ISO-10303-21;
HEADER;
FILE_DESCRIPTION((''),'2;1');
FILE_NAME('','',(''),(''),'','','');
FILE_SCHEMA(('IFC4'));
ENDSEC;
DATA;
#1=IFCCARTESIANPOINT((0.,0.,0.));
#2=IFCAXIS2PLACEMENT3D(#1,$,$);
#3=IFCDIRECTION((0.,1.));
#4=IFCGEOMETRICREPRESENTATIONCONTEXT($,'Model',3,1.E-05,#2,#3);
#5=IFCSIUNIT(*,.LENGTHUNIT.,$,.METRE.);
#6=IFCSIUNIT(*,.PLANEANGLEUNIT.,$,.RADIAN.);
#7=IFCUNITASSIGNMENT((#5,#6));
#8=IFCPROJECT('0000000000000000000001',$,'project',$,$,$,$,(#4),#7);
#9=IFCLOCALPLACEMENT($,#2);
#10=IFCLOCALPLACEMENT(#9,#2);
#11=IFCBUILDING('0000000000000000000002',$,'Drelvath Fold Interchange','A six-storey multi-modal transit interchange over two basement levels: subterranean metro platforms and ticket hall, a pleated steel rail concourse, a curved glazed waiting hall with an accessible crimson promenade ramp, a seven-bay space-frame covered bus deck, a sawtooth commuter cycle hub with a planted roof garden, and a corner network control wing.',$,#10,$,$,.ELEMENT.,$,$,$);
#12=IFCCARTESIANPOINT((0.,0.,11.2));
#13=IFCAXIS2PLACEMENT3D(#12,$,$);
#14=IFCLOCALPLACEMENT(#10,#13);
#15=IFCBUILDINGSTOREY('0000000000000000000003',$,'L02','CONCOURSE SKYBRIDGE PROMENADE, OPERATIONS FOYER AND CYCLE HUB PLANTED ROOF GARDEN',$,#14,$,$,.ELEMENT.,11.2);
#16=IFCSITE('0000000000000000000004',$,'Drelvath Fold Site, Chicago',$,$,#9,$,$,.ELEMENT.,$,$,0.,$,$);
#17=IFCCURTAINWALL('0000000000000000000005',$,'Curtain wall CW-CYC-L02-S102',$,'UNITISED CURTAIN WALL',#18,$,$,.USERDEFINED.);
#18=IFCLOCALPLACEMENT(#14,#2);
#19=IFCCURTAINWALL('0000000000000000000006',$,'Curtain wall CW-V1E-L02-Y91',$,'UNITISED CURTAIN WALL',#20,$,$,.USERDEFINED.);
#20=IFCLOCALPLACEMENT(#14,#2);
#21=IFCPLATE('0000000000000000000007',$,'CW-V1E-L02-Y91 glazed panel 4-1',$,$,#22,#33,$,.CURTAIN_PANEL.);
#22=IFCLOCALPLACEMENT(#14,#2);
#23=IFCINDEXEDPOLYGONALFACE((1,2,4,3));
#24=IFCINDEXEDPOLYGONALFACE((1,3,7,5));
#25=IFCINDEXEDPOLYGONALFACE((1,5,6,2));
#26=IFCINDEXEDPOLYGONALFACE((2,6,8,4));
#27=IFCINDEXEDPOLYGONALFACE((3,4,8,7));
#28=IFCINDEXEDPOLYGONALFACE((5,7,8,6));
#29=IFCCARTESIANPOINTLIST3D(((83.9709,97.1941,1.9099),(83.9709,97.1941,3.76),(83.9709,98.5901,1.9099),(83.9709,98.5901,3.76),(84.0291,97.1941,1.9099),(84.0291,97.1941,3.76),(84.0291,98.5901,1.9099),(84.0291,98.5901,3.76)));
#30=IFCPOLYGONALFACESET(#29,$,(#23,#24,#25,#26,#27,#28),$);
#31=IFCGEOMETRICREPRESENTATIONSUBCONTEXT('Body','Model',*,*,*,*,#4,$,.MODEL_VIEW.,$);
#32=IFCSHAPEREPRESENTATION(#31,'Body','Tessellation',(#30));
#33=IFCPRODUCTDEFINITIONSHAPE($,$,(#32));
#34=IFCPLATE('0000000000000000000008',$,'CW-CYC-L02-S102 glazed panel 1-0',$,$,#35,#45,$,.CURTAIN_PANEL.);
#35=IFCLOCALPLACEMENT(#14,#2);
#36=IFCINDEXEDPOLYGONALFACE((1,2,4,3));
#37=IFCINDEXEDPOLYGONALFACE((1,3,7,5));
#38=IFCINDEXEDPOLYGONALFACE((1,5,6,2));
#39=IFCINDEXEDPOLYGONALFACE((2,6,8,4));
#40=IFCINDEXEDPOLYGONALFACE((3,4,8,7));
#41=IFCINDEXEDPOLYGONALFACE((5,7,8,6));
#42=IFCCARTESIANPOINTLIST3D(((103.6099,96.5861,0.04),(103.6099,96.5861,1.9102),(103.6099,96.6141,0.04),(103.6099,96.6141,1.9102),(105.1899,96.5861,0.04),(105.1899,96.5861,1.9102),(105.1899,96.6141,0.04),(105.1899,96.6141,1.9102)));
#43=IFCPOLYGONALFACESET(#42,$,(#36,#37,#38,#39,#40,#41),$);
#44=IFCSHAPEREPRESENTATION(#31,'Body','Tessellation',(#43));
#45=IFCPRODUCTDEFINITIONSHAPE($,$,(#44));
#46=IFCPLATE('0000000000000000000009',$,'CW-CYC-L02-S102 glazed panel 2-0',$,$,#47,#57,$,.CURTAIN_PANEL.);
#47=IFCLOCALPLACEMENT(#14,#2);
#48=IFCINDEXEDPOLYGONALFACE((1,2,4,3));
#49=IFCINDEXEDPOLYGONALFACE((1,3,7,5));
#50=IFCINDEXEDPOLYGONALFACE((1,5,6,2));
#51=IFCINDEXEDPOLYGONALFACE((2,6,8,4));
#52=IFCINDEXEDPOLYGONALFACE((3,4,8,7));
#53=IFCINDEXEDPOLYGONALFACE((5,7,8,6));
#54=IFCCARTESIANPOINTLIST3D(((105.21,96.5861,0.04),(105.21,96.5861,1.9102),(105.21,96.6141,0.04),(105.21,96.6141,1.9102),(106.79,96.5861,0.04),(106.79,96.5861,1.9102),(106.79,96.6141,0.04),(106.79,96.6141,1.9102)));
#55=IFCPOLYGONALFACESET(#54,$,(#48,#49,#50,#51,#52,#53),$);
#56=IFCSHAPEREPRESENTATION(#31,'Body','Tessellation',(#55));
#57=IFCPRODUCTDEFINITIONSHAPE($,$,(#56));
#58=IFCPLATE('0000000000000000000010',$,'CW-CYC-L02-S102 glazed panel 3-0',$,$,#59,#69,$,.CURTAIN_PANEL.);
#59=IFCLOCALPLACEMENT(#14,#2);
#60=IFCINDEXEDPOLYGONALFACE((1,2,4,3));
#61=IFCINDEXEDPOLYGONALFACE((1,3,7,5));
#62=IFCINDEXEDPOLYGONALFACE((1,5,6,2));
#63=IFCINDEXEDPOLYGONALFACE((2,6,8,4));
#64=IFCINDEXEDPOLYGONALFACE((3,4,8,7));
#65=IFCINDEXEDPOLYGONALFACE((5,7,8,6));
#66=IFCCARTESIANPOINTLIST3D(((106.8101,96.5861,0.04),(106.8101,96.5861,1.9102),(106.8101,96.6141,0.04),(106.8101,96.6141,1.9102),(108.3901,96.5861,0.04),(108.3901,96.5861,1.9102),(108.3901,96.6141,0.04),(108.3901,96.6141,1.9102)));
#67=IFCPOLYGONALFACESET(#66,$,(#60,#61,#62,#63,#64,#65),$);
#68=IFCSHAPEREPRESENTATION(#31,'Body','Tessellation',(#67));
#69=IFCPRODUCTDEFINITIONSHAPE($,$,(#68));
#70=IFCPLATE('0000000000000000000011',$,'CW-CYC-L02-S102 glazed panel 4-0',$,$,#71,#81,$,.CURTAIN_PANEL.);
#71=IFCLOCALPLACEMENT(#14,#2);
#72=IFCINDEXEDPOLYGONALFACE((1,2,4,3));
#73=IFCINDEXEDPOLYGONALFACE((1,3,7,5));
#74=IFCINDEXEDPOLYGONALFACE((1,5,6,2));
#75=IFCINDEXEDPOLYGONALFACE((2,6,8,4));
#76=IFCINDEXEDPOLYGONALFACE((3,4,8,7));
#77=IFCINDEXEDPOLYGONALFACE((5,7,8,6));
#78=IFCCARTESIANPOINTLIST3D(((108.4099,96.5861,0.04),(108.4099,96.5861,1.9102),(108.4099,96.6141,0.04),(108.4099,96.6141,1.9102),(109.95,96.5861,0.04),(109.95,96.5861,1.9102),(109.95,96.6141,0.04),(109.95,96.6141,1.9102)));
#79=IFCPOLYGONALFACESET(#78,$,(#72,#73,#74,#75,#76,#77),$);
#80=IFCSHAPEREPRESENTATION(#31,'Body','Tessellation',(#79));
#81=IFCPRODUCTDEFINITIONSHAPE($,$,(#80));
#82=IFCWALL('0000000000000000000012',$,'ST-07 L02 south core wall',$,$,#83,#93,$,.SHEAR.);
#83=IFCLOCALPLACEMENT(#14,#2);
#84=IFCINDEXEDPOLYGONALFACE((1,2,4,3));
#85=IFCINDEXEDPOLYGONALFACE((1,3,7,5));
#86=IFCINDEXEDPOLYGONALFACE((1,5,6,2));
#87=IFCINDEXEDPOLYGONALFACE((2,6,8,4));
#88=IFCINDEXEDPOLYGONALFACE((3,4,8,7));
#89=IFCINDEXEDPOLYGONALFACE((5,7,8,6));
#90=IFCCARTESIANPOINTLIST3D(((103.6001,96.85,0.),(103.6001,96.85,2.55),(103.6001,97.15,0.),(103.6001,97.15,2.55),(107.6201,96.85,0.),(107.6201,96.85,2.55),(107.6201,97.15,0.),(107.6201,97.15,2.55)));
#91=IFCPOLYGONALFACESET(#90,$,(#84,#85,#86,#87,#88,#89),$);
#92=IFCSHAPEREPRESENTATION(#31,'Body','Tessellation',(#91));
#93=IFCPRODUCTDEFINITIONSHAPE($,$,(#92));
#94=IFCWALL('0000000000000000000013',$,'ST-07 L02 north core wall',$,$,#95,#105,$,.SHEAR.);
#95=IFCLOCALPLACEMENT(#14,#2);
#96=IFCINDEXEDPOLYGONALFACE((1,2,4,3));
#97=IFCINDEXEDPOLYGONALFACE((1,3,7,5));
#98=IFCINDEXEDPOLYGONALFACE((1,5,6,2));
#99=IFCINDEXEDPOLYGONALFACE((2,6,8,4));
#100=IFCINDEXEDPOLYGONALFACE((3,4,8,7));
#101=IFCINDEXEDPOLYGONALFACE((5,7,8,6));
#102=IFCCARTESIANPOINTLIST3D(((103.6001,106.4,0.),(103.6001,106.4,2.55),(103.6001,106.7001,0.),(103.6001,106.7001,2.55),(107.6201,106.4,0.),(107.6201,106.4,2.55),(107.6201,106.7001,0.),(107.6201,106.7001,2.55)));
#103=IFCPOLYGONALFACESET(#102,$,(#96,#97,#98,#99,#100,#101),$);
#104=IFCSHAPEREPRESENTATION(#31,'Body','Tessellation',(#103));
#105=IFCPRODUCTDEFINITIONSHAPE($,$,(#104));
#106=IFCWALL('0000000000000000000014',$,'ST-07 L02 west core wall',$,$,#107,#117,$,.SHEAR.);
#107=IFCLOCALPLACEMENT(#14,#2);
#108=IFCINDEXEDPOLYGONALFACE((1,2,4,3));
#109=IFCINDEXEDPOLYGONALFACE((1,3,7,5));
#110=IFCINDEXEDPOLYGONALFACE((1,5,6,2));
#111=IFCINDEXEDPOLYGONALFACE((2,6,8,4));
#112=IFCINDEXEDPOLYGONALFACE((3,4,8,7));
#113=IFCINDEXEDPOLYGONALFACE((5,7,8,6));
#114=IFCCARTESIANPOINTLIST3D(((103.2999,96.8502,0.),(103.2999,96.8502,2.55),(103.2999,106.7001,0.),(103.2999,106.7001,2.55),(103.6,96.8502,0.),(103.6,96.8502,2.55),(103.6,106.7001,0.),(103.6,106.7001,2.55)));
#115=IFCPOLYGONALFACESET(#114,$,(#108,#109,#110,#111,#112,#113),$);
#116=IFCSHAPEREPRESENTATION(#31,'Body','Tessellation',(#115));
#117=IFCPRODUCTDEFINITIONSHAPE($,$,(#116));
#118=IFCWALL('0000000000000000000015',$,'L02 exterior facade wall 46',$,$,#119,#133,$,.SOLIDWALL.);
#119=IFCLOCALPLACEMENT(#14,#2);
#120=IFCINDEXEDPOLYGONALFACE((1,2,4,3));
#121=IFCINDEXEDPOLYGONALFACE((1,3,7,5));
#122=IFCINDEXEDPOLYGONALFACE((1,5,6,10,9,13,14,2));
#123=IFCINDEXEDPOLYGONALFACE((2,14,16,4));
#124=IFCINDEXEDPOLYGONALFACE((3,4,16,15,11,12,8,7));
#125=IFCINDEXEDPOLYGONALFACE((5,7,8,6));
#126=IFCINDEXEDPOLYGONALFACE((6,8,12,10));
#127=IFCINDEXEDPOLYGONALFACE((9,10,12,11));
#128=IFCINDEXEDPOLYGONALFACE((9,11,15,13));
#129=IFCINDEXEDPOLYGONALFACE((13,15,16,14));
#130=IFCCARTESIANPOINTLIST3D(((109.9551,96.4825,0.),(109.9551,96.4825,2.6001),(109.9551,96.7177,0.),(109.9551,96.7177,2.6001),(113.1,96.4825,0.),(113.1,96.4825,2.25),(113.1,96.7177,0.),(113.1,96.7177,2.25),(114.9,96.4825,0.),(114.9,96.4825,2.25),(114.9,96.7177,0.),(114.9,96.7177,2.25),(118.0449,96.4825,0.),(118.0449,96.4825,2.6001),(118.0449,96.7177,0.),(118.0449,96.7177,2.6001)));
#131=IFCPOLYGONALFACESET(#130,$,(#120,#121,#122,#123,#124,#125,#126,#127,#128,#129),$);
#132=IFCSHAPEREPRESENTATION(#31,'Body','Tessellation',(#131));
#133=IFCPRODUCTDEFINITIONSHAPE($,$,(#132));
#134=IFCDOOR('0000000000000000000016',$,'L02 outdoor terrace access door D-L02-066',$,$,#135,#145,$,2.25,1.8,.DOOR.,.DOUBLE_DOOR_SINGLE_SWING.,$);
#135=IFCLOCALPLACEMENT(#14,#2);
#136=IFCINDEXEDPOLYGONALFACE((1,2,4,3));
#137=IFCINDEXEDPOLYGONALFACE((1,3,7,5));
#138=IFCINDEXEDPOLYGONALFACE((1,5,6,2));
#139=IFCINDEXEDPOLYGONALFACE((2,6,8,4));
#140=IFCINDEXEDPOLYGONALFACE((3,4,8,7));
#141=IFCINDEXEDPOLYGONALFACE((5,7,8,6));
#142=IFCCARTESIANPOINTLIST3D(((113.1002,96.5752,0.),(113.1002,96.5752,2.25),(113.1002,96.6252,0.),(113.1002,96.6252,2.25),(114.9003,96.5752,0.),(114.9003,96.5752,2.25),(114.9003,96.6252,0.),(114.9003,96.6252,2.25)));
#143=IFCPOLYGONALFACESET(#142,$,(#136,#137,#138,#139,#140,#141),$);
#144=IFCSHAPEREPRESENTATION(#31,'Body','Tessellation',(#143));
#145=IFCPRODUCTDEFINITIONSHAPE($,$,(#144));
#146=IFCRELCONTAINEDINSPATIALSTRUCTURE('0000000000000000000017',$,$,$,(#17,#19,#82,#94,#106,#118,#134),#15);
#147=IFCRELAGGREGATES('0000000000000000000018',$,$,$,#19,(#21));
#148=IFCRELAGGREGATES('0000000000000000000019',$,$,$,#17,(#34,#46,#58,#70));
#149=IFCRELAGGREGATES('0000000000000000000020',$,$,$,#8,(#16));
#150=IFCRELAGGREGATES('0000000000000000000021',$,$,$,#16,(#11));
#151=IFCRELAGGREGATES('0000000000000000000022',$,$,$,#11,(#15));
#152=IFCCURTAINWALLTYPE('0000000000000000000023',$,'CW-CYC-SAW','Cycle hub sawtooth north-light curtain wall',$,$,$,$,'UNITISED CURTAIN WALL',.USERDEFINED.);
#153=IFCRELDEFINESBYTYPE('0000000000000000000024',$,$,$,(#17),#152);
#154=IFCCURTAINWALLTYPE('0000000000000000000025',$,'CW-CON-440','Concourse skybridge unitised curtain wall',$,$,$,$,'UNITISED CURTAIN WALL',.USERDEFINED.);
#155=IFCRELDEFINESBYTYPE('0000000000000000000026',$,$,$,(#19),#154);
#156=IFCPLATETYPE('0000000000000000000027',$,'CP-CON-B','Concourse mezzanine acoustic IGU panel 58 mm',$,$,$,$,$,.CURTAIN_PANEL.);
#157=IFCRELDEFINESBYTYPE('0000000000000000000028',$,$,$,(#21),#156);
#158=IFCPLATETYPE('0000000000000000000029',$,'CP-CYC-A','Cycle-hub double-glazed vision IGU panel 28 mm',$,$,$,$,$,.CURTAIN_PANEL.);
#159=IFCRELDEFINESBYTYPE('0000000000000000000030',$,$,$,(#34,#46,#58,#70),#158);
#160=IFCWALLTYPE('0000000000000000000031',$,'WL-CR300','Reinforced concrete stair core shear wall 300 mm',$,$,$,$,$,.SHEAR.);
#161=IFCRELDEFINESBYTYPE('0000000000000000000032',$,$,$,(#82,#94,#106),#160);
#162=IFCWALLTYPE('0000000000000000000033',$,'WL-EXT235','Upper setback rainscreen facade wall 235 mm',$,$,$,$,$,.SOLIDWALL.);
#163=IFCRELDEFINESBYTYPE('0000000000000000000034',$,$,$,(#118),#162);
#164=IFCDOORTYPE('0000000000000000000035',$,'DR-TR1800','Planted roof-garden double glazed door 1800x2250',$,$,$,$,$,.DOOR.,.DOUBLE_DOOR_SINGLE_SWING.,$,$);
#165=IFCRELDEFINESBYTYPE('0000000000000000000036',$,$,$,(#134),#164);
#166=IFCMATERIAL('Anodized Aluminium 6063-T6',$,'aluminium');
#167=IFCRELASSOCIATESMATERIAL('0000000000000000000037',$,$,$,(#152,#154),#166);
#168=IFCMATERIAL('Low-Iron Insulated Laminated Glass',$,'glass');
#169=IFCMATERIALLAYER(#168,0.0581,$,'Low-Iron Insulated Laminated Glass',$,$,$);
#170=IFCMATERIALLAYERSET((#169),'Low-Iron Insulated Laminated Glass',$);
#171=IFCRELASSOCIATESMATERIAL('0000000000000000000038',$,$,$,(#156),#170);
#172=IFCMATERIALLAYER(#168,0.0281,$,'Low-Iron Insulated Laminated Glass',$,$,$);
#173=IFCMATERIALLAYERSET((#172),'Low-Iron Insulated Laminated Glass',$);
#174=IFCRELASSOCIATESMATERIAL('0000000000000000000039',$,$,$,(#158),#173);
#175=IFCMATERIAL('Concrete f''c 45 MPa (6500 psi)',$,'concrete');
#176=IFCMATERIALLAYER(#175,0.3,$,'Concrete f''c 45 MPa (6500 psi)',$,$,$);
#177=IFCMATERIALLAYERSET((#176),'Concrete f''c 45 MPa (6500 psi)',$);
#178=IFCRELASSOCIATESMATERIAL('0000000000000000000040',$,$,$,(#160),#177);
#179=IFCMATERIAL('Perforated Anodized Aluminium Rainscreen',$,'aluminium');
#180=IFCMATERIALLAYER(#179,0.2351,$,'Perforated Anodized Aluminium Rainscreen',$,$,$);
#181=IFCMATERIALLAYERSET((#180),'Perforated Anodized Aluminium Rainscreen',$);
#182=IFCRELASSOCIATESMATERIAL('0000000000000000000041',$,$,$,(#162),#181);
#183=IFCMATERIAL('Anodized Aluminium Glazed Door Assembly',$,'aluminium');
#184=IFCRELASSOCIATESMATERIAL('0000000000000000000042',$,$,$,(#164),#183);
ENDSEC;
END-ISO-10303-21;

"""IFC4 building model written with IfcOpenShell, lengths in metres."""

from ifc_helpers import new_model, si_unit, direction, frame, frame_2d, origin, origin_2d, place, context, subcontext, project, spatial, rectangle, extrude, material, layer, layer_set, type_object, element, fill, aggregate, save


model = new_model("IFC4")

# Units and contexts
model_context = context("Model", 3, precision=1e-05, world=origin(), true_north=direction((0.0, 1.0)))
body_context = subcontext(model_context, "Body", "Model", "MODEL_VIEW")
ifc_project = project(units=[si_unit("LENGTHUNIT", "METRE"), si_unit("PLANEANGLEUNIT", "RADIAN")], contexts=[model_context])

# Site, building, storey
site_placement = place(None, origin())
site = spatial("IfcSite", under=ifc_project, at=site_placement, Name="Drelvath Fold Site, Chicago", CompositionType="ELEMENT", RefElevation=0.0)
building_placement = place(site_placement, origin())
building = spatial("IfcBuilding", under=site, at=building_placement, Name="Drelvath Fold Interchange", Description="A six-storey multi-modal transit interchange over two basement levels: subterranean metro platforms and ticket hall, a pleated steel rail concourse, a curved glazed waiting hall with an accessible crimson promenade ramp, a seven-bay space-frame covered bus deck, a sawtooth commuter cycle hub with a planted roof garden, and a corner network control wing.", CompositionType="ELEMENT")
storey_placement = place(building_placement, frame((0.0, 0.0, 11.2)))
storey = spatial("IfcBuildingStorey", under=building, at=storey_placement, Name="L02", Description="CONCOURSE SKYBRIDGE PROMENADE, OPERATIONS FOYER AND CYCLE HUB PLANTED ROOF GARDEN", CompositionType="ELEMENT", Elevation=11.2)

# Curtain wall
ifc_material_1 = material(Name="Anodized Aluminium 6063-T6", Category="aluminium")
curtain_wall_type_1 = type_object("IfcCurtainWallType", Name="CW-CYC-SAW", Description="Cycle hub sawtooth north-light curtain wall", ElementType="UNITISED CURTAIN WALL", PredefinedType="USERDEFINED", material=ifc_material_1)
curtain_wall_1_placement = place(storey_placement, origin())
curtain_wall_1 = element("IfcCurtainWall", 1, at=curtain_wall_1_placement, inside=storey, type_object=curtain_wall_type_1, Name="Curtain wall CW-CYC-L02-S102", ObjectType="UNITISED CURTAIN WALL", PredefinedType="USERDEFINED")

# Curtain wall, plate
curtain_wall_type_2 = type_object("IfcCurtainWallType", Name="CW-CON-440", Description="Concourse skybridge unitised curtain wall", ElementType="UNITISED CURTAIN WALL", PredefinedType="USERDEFINED", material=ifc_material_1)
curtain_wall_2_placement = place(storey_placement, origin())
curtain_wall_2 = element("IfcCurtainWall", 2, at=curtain_wall_2_placement, inside=storey, type_object=curtain_wall_type_2, Name="Curtain wall CW-V1E-L02-Y91", ObjectType="UNITISED CURTAIN WALL", PredefinedType="USERDEFINED")
ifc_material_2 = material(Name="Low-Iron Insulated Laminated Glass", Category="glass")
ifc_layer_1 = layer(ifc_material_2, 0.0581, Name="Low-Iron Insulated Laminated Glass")
ifc_layer_set_1 = layer_set([ifc_layer_1], Name="Low-Iron Insulated Laminated Glass")
plate_type_1 = type_object("IfcPlateType", Name="CP-CON-B", Description="Concourse mezzanine acoustic IGU panel 58 mm", PredefinedType="CURTAIN_PANEL", material=ifc_layer_set_1)
plate_1_placement = place(storey_placement, frame((84.0, 97.8921, 1.9099), z_axis=(0.0, 0.0, 1.0), x_axis=(0.0, 1.0, 0.0)))
plate_1 = element("IfcPlate", 3, at=plate_1_placement, type_object=plate_type_1, Name="CW-V1E-L02-Y91 glazed panel 4-1", PredefinedType="CURTAIN_PANEL", context=body_context, shape_type="SweptSolid", body=[
    extrude(rectangle(XDim=1.396, YDim=0.0581, at=origin_2d()), origin(), (0.0, 0.0, 1.0), 1.8501),
])
aggregate(curtain_wall_2, [plate_1])

# Plates
ifc_layer_2 = layer(ifc_material_2, 0.0281, Name="Low-Iron Insulated Laminated Glass")
ifc_layer_set_2 = layer_set([ifc_layer_2], Name="Low-Iron Insulated Laminated Glass")
plate_type_2 = type_object("IfcPlateType", Name="CP-CYC-A", Description="Cycle-hub double-glazed vision IGU panel 28 mm", PredefinedType="CURTAIN_PANEL", material=ifc_layer_set_2)
plate_2_placement = place(storey_placement, frame((104.3999, 96.6001, 0.04), z_axis=(0.0, 0.0, 1.0), x_axis=(1.0, 0.0, 0.0)))
plate_2 = element("IfcPlate", 4, at=plate_2_placement, type_object=plate_type_2, Name="CW-CYC-L02-S102 glazed panel 1-0", PredefinedType="CURTAIN_PANEL", context=body_context, shape_type="SweptSolid", body=[
    extrude(rectangle(XDim=1.5801, YDim=0.0281, at=origin_2d()), origin(), (0.0, 0.0, 1.0), 1.8701),
])
plate_3_placement = place(storey_placement, frame((106.0, 96.6001, 0.04), z_axis=(0.0, 0.0, 1.0), x_axis=(1.0, 0.0, 0.0)))
plate_3 = element("IfcPlate", 5, at=plate_3_placement, type_object=plate_type_2, Name="CW-CYC-L02-S102 glazed panel 2-0", PredefinedType="CURTAIN_PANEL", context=body_context, shape_type="SweptSolid", body=[
    extrude(rectangle(XDim=1.5801, YDim=0.0281, at=origin_2d()), origin(), (0.0, 0.0, 1.0), 1.8701),
])
plate_4_placement = place(storey_placement, frame((107.6001, 96.6001, 0.04), z_axis=(0.0, 0.0, 1.0), x_axis=(1.0, 0.0, 0.0)))
plate_4 = element("IfcPlate", 6, at=plate_4_placement, type_object=plate_type_2, Name="CW-CYC-L02-S102 glazed panel 3-0", PredefinedType="CURTAIN_PANEL", context=body_context, shape_type="SweptSolid", body=[
    extrude(rectangle(XDim=1.5801, YDim=0.0281, at=origin_2d()), origin(), (0.0, 0.0, 1.0), 1.8701),
])
plate_5_placement = place(storey_placement, frame((109.1799, 96.6001, 0.04), z_axis=(0.0, 0.0, 1.0), x_axis=(1.0, 0.0, 0.0)))
plate_5 = element("IfcPlate", 7, at=plate_5_placement, type_object=plate_type_2, Name="CW-CYC-L02-S102 glazed panel 4-0", PredefinedType="CURTAIN_PANEL", context=body_context, shape_type="SweptSolid", body=[
    extrude(rectangle(XDim=1.54, YDim=0.0281, at=origin_2d()), origin(), (0.0, 0.0, 1.0), 1.8701),
])
aggregate(curtain_wall_1, [plate_2, plate_3, plate_4, plate_5])

# Wall
ifc_material_3 = material(Name="Concrete f'c 45 MPa (6500 psi)", Category="concrete")
ifc_layer_3 = layer(ifc_material_3, 0.3, Name="Concrete f'c 45 MPa (6500 psi)")
ifc_layer_set_3 = layer_set([ifc_layer_3], Name="Concrete f'c 45 MPa (6500 psi)")
wall_type_1 = type_object("IfcWallType", Name="WL-CR300", Description="Reinforced concrete stair core shear wall 300 mm", PredefinedType="SHEAR", material=ifc_layer_set_3)
wall_1_placement = place(storey_placement, frame((103.6001, 97.0, 0.0), z_axis=(0.0, 0.0, 1.0), x_axis=(1.0, 0.0, 0.0)))
element("IfcWall", 8, at=wall_1_placement, inside=storey, type_object=wall_type_1, Name="ST-07 L02 south core wall", PredefinedType="SHEAR", context=body_context, shape_type="SweptSolid", body=[
    extrude(rectangle(XDim=4.02, YDim=0.3, at=frame_2d((2.01, 0.0))), origin(), (0.0, 0.0, 1.0), 2.55),
])

# Walls
wall_2_placement = place(storey_placement, frame((107.6201, 106.55, 0.0), z_axis=(0.0, 0.0, 1.0), x_axis=(-1.0, 0.0, 0.0)))
element("IfcWall", 9, at=wall_2_placement, inside=storey, type_object=wall_type_1, Name="ST-07 L02 north core wall", PredefinedType="SHEAR", context=body_context, shape_type="SweptSolid", body=[
    extrude(rectangle(XDim=4.02, YDim=0.3, at=frame_2d((2.01, 0.0))), origin(), (0.0, 0.0, 1.0), 2.55),
])
wall_3_placement = place(storey_placement, frame((103.45, 106.7, 0.0), z_axis=(0.0, 0.0, 1.0), x_axis=(0.0, -1.0, 0.0)))
element("IfcWall", 10, at=wall_3_placement, inside=storey, type_object=wall_type_1, Name="ST-07 L02 west core wall", PredefinedType="SHEAR", context=body_context, shape_type="SweptSolid", body=[
    extrude(rectangle(XDim=9.8499, YDim=0.3, at=frame_2d((4.9248, 0.0))), origin(), (0.0, 0.0, 1.0), 2.55),
])

# Wall, opening, door
ifc_material_4 = material(Name="Perforated Anodized Aluminium Rainscreen", Category="aluminium")
ifc_layer_4 = layer(ifc_material_4, 0.2351, Name="Perforated Anodized Aluminium Rainscreen")
ifc_layer_set_4 = layer_set([ifc_layer_4], Name="Perforated Anodized Aluminium Rainscreen")
wall_type_2 = type_object("IfcWallType", Name="WL-EXT235", Description="Upper setback rainscreen facade wall 235 mm", PredefinedType="SOLIDWALL", material=ifc_layer_set_4)
wall_4_placement = place(storey_placement, frame((109.9551, 96.6001, 0.0), z_axis=(0.0, 0.0, 1.0), x_axis=(1.0, 0.0, 0.0)))
wall_4 = element("IfcWall", 11, at=wall_4_placement, inside=storey, type_object=wall_type_2, Name="L02 exterior facade wall 46", PredefinedType="SOLIDWALL", context=body_context, shape_type="SweptSolid", body=[
    extrude(rectangle(XDim=8.0898, YDim=0.2351, at=frame_2d((4.0449, 0.0))), origin(), (0.0, 0.0, 1.0), 2.6001),
])
opening_1_placement = place(wall_4_placement, frame((3.145, 0.0, 0.0)))
opening_1 = element("IfcOpeningElement", 12, at=opening_1_placement, cuts=wall_4, PredefinedType="OPENING", context=body_context, shape_type="SweptSolid", body=[
    extrude(rectangle(XDim=1.8, YDim=2.25, at=frame_2d((0.8999, 1.125))), frame((0.0, 0.1274, 0.0), z_axis=(0.0, -1.0, 0.0), x_axis=(1.0, 0.0, 0.0)), (0.0, 0.0, 1.0), 0.2551),
])
ifc_material_5 = material(Name="Anodized Aluminium Glazed Door Assembly", Category="aluminium")
door_type_1 = type_object("IfcDoorType", Name="DR-TR1800", Description="Planted roof-garden double glazed door 1800x2250", OperationType="DOUBLE_DOOR_SINGLE_SWING", PredefinedType="DOOR", material=ifc_material_5)
door_1_placement = place(opening_1_placement, frame((1.8, 0.0, 0.0), z_axis=(0.0, 0.0, 1.0), x_axis=(-1.0, 0.0, 0.0)))
door_1 = element("IfcDoor", 13, at=door_1_placement, inside=storey, type_object=door_type_1, Name="L02 outdoor terrace access door D-L02-066", OperationType="DOUBLE_DOOR_SINGLE_SWING", OverallHeight=2.25, OverallWidth=1.8, PredefinedType="DOOR", context=body_context, shape_type="SweptSolid", body=[
    extrude(rectangle(XDim=1.8, YDim=2.25, at=frame_2d((0.8999, 1.125))), frame((0.0, 0.0249, 0.0), z_axis=(0.0, -1.0, 0.0), x_axis=(1.0, 0.0, 0.0)), (0.0, 0.0, 1.0), 0.05),
])
fill(opening_1, door_1)

save(model, "model.ifc")
